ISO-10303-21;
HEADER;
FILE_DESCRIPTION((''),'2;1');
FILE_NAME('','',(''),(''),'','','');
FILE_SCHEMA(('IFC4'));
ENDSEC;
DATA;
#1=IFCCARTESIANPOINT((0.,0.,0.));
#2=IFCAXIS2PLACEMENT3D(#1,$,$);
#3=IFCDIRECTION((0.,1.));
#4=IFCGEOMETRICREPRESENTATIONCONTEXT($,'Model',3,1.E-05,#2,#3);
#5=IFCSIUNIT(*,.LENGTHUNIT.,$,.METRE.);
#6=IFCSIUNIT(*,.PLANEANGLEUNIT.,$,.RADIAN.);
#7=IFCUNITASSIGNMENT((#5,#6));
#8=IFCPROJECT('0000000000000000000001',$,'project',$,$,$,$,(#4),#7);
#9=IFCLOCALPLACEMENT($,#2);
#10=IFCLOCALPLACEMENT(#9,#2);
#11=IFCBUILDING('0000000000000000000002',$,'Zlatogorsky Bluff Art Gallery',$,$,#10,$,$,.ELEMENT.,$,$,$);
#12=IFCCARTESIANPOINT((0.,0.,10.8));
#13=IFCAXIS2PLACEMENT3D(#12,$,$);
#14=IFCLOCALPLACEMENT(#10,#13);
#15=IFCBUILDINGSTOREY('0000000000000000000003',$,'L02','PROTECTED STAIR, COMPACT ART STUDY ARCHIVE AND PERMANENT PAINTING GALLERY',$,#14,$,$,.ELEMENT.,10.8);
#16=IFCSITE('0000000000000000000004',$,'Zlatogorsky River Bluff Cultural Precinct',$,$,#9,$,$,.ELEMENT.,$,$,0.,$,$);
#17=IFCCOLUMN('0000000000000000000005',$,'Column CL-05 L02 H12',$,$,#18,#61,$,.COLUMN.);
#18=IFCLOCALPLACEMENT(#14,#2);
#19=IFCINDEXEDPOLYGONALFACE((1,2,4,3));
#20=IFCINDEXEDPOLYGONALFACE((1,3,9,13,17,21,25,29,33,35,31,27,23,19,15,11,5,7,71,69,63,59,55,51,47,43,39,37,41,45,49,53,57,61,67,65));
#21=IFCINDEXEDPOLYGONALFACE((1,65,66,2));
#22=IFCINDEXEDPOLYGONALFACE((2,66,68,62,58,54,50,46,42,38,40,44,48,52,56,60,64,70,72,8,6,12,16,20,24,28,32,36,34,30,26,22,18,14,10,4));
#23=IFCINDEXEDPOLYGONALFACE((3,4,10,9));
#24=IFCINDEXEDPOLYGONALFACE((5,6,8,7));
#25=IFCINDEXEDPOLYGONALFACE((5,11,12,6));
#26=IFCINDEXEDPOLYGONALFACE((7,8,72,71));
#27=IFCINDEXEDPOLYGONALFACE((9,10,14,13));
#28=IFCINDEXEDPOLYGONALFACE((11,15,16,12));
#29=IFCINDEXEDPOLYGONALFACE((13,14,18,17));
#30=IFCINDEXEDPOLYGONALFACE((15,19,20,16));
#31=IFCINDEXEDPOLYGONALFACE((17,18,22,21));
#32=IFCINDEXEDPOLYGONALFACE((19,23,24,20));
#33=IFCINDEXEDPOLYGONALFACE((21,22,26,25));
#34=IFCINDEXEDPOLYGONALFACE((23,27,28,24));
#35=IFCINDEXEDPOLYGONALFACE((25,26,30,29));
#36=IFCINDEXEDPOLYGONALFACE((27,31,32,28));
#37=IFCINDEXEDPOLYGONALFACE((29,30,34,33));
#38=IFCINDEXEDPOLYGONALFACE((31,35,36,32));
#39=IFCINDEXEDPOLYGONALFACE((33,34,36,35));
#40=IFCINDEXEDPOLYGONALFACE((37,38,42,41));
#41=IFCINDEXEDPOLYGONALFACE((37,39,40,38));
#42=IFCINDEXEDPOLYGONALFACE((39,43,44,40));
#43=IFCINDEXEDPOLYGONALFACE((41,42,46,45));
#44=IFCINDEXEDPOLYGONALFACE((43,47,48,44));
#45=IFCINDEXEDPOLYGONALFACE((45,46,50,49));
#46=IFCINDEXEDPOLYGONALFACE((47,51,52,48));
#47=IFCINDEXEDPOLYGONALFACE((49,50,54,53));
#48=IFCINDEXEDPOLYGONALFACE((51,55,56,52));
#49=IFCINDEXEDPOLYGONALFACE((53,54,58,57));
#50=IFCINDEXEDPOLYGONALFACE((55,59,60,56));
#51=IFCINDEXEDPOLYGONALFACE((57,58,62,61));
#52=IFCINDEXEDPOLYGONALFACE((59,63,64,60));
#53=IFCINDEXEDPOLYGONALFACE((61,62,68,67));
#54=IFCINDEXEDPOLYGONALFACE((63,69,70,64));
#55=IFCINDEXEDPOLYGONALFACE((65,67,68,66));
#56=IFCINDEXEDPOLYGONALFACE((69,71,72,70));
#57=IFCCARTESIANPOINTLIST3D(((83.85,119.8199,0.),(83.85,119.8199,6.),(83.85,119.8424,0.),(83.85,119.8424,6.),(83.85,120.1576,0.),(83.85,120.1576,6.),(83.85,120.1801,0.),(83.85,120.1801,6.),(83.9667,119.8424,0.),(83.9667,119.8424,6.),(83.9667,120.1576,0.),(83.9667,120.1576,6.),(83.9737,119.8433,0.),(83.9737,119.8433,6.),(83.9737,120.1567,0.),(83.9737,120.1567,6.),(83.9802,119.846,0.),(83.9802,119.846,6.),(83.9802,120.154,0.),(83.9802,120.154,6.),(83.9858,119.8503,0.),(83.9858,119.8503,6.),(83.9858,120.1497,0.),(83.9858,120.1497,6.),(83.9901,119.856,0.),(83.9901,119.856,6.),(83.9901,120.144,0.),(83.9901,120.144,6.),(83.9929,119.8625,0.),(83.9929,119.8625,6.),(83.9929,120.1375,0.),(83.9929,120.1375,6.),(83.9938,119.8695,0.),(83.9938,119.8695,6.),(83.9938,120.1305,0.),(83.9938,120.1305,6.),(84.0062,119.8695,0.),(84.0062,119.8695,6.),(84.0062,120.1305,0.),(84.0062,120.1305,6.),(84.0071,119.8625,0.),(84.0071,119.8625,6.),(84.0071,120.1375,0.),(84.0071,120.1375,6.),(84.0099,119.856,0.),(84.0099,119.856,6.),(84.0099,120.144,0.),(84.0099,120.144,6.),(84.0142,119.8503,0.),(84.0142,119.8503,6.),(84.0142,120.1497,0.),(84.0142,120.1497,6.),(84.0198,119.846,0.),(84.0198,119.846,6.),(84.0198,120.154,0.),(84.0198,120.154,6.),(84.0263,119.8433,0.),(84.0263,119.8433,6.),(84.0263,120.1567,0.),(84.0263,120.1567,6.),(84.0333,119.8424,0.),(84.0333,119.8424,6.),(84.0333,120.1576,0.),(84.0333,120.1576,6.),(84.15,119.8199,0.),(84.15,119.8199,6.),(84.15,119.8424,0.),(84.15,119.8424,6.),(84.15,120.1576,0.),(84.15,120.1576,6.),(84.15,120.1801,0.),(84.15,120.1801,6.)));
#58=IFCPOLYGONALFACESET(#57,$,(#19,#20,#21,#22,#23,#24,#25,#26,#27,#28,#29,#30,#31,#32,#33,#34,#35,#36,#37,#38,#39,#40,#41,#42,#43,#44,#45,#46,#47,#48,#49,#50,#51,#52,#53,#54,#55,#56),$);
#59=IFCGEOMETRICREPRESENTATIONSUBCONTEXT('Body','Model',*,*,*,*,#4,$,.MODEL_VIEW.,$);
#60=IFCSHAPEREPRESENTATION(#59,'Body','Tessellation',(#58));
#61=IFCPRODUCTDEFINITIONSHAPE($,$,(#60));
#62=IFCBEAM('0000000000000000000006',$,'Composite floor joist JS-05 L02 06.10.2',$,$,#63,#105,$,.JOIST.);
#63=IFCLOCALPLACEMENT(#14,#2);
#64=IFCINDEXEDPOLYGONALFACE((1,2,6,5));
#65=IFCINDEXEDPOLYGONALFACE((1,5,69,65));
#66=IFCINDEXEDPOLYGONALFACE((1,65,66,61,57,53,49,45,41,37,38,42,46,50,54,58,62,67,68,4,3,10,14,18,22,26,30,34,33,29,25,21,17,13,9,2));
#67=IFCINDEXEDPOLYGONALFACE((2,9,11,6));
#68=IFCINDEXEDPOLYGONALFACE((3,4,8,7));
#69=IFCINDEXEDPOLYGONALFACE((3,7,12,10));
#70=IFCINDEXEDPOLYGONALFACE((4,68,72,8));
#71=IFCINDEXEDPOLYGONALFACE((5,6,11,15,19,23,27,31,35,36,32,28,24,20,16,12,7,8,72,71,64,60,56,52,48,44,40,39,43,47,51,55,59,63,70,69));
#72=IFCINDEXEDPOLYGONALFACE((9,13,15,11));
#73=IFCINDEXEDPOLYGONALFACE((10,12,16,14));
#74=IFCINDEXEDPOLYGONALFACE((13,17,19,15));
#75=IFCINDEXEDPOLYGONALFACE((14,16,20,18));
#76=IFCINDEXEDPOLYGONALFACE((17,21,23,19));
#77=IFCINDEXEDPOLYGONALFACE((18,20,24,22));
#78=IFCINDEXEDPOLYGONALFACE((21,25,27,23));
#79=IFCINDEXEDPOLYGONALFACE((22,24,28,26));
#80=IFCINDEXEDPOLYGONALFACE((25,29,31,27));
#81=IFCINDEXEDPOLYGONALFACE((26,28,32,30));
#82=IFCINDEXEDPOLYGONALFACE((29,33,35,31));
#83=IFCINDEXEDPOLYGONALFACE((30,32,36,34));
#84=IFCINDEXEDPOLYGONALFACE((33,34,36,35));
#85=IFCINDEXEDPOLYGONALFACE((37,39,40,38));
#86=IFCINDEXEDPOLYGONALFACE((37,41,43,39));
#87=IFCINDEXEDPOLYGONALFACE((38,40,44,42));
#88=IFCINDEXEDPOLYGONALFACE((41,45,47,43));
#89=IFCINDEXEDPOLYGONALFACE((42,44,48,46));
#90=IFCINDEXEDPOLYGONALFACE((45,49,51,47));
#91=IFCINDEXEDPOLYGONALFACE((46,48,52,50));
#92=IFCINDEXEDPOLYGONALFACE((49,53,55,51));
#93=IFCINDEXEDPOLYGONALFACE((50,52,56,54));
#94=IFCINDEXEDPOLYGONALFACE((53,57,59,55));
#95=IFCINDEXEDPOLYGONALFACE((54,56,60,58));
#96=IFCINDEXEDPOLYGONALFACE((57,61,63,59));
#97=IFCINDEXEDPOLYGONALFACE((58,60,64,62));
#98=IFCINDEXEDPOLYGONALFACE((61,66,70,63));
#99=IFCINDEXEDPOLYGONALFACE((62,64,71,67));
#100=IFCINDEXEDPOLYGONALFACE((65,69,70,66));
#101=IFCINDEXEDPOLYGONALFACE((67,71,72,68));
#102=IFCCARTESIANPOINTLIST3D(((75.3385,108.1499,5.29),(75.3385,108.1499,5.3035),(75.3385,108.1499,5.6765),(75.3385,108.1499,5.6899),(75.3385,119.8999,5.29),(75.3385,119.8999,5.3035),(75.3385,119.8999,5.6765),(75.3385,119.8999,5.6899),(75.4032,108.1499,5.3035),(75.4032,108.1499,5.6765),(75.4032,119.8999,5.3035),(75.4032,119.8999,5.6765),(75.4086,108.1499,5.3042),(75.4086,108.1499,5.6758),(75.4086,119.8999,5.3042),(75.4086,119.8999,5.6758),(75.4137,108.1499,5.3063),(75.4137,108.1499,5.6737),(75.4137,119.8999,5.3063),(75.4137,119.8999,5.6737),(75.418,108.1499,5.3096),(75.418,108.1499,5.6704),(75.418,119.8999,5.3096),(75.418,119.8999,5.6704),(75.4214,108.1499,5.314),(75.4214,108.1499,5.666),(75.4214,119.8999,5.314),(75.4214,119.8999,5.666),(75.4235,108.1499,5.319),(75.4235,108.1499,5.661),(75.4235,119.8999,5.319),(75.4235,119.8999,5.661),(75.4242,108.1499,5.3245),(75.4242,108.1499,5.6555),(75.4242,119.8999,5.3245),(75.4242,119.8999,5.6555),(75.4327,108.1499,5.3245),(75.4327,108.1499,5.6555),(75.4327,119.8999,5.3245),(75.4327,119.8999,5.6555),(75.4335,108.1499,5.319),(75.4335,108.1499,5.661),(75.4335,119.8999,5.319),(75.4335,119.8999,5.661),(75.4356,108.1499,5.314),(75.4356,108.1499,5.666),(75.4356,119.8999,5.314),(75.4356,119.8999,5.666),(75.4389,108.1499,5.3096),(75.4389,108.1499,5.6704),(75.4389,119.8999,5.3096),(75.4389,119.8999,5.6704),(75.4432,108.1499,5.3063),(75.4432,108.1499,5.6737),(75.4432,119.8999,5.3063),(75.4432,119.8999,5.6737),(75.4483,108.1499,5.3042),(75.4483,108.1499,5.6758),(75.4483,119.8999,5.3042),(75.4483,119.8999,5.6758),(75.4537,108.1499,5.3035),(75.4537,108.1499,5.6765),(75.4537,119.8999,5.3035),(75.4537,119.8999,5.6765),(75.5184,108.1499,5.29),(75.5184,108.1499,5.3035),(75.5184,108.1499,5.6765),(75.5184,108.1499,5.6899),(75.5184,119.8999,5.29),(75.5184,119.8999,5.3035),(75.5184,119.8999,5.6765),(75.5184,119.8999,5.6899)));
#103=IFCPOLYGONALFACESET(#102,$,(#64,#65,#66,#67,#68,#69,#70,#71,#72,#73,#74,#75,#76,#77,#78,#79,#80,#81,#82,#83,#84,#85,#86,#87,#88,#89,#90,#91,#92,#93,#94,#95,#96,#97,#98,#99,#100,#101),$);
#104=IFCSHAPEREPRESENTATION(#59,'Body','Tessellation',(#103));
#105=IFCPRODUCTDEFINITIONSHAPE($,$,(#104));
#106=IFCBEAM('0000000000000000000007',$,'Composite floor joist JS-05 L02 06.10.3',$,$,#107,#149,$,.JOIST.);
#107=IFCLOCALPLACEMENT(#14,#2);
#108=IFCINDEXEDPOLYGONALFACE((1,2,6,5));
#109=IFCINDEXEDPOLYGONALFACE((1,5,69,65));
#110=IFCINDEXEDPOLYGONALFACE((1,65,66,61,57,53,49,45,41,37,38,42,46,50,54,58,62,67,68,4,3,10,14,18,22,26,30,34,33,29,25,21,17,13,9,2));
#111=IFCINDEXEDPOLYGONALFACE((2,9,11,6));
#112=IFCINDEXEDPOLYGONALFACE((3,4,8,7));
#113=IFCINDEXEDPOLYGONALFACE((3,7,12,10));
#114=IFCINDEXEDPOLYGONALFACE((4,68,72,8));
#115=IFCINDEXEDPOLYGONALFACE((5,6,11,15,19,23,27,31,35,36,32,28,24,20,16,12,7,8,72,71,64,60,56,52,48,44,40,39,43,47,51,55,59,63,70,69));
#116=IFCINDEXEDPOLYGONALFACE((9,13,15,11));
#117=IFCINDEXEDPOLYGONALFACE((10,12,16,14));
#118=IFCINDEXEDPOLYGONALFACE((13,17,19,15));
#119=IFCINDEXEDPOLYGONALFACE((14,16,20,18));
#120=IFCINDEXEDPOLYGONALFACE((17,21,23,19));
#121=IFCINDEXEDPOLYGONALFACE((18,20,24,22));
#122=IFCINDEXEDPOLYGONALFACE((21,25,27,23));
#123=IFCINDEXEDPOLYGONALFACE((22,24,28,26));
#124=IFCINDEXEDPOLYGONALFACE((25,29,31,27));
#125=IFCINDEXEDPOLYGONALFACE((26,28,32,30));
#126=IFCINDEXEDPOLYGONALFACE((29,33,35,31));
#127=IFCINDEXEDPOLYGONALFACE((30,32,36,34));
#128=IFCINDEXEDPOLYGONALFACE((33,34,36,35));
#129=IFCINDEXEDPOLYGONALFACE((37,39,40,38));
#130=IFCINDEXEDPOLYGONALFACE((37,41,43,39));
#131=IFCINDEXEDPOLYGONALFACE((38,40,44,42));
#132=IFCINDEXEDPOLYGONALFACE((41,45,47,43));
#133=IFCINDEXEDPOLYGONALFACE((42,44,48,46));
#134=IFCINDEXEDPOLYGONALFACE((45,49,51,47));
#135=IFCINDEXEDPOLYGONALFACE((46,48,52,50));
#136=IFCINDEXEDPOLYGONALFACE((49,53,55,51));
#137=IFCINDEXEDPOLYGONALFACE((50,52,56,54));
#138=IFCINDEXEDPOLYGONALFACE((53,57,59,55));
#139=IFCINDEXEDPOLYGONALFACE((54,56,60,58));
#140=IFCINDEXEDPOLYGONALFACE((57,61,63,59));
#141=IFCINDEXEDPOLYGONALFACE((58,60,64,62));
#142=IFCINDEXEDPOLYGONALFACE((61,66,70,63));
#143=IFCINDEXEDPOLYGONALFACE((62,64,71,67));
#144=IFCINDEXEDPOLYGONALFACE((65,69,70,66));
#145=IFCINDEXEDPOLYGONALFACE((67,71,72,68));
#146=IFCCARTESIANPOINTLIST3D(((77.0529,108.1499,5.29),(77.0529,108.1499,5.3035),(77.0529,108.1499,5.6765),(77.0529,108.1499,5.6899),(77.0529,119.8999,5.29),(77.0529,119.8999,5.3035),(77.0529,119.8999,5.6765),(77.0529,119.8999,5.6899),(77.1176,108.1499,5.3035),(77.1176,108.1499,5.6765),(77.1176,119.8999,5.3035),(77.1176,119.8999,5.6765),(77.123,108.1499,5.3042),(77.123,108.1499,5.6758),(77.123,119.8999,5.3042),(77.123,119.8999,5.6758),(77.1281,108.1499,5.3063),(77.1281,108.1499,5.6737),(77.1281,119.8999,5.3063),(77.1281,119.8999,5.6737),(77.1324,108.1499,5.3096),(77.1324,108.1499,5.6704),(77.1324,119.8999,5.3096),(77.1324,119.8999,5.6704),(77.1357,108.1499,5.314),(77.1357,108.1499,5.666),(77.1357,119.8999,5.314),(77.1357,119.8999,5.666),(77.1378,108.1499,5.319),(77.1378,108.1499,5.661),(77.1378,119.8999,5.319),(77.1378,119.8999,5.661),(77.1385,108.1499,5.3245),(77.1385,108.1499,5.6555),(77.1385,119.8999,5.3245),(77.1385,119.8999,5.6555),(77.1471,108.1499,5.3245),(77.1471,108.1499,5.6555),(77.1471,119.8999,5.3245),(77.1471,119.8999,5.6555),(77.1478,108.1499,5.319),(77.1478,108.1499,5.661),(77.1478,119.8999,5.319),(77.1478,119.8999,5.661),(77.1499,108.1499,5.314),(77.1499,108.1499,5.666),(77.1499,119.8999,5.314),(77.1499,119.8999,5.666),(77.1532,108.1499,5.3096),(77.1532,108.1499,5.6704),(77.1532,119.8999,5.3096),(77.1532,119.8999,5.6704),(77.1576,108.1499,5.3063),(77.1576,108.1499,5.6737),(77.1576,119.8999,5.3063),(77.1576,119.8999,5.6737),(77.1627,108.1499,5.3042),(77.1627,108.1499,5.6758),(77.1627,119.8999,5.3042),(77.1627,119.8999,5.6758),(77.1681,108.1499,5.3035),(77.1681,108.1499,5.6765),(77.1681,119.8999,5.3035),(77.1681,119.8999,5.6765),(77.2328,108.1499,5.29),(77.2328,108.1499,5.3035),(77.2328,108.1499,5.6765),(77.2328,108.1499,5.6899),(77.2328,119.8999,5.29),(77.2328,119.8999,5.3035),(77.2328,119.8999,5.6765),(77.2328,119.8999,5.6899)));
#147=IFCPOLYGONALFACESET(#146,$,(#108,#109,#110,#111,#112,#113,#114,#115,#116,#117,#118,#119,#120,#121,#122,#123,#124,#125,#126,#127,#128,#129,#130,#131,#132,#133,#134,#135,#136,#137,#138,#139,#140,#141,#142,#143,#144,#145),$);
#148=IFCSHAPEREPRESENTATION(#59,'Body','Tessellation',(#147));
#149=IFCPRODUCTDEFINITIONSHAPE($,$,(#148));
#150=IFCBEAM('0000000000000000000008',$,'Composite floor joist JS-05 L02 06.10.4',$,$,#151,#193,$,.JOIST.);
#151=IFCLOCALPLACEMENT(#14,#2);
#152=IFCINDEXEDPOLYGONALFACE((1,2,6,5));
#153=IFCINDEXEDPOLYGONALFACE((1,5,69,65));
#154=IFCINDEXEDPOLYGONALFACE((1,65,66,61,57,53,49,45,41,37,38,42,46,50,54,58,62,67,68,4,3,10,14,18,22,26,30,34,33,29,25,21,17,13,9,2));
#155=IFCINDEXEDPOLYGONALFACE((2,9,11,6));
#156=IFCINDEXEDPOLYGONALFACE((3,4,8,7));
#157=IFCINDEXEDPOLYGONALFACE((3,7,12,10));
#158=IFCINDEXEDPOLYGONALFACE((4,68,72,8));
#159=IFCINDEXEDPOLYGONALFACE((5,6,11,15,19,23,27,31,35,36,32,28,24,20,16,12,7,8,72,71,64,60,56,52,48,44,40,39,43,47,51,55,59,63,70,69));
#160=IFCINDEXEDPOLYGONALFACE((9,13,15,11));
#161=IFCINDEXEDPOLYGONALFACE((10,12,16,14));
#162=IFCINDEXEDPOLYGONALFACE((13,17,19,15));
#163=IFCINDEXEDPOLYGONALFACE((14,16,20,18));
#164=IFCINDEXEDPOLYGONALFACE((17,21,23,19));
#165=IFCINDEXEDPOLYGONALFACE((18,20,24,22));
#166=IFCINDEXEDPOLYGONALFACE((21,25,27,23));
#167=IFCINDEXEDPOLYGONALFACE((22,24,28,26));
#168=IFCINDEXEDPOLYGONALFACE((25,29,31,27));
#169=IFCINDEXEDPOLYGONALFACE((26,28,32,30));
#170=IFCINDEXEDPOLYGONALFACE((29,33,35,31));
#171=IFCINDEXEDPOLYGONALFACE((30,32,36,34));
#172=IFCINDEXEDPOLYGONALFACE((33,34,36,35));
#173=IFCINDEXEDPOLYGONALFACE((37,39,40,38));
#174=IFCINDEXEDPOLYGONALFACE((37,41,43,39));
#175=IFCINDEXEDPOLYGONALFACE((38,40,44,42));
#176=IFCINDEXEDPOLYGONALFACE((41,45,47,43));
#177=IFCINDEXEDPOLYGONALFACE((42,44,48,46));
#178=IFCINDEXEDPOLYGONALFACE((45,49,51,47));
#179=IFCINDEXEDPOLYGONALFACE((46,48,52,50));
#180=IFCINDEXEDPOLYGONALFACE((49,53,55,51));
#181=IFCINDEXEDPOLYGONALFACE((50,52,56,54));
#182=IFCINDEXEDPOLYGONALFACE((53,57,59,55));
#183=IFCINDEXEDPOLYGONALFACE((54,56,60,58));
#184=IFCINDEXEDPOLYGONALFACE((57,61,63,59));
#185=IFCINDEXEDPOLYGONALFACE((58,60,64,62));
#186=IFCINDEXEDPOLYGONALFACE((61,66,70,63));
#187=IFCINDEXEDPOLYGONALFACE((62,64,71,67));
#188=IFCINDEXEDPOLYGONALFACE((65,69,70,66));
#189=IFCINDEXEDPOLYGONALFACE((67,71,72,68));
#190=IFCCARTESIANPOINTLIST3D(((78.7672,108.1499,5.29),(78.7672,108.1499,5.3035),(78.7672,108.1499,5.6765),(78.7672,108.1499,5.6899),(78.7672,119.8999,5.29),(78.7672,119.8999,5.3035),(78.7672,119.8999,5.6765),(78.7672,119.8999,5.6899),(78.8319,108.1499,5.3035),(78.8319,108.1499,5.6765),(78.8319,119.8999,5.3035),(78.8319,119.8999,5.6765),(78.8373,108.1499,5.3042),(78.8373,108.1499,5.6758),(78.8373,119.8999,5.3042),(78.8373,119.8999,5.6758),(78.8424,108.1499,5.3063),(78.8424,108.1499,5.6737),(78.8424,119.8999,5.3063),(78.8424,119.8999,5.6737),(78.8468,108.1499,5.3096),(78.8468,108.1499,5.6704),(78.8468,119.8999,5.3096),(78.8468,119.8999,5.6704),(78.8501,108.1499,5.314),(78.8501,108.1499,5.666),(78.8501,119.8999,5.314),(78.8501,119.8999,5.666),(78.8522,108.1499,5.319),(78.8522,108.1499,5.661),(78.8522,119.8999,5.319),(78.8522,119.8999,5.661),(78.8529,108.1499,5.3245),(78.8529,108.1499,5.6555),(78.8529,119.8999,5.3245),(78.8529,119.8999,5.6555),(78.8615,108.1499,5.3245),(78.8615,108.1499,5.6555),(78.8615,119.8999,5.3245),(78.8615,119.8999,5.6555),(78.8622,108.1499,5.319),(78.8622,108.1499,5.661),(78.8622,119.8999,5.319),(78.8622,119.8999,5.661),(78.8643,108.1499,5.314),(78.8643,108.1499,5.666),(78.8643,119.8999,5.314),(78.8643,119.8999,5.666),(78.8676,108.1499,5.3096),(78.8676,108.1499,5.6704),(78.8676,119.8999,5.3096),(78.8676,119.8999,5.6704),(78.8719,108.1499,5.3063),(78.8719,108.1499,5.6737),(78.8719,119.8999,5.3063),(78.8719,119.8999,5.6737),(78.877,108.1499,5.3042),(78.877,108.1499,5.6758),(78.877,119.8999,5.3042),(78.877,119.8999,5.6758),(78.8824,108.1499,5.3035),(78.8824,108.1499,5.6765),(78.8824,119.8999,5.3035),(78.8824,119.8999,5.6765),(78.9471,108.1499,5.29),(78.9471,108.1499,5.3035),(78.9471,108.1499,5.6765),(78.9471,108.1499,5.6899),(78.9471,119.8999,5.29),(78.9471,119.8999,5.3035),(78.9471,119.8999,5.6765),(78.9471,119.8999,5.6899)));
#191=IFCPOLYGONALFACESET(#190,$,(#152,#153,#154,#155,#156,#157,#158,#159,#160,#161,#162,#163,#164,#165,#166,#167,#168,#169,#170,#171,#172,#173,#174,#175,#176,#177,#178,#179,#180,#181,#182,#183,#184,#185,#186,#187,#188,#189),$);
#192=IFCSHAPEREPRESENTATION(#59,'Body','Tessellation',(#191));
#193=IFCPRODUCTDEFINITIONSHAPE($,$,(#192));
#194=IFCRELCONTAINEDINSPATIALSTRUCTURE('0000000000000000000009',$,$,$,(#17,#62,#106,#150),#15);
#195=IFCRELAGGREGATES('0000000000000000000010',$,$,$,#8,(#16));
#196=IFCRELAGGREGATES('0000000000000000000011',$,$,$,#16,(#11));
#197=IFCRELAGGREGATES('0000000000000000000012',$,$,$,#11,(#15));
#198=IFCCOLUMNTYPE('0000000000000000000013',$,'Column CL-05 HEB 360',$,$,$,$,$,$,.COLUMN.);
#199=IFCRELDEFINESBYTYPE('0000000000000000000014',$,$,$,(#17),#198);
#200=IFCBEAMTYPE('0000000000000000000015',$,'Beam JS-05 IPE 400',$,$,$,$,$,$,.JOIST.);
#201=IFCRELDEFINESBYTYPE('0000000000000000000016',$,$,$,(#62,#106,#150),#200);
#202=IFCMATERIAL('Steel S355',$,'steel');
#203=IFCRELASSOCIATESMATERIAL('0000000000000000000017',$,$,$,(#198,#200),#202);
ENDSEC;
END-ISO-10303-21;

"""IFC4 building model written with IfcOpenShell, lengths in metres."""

from ifc_helpers import new_model, si_unit, direction, frame, origin, origin_2d, place, context, subcontext, project, spatial, i_section, extrude, material, material_profile, profile_set, type_object, element, save


model = new_model("IFC4")

# Units and contexts
model_context = context("Model", 3, precision=1e-05, world=origin(), true_north=direction((0.0, 1.0)))
body_context = subcontext(model_context, "Body", "Model", "MODEL_VIEW")
ifc_project = project(units=[si_unit("LENGTHUNIT", "METRE"), si_unit("PLANEANGLEUNIT", "RADIAN")], contexts=[model_context])

# Site, building, storey
site_placement = place(None, origin())
site = spatial("IfcSite", under=ifc_project, at=site_placement, Name="Zlatogorsky River Bluff Cultural Precinct", CompositionType="ELEMENT", RefElevation=0.0)
building_placement = place(site_placement, origin())
building = spatial("IfcBuilding", under=site, at=building_placement, Name="Zlatogorsky Bluff Art Gallery", CompositionType="ELEMENT")
storey_placement = place(building_placement, frame((0.0, 0.0, 10.8)))
storey = spatial("IfcBuildingStorey", under=building, at=storey_placement, Name="L02", Description="PROTECTED STAIR, COMPACT ART STUDY ARCHIVE AND PERMANENT PAINTING GALLERY", CompositionType="ELEMENT", Elevation=10.8)

# Column
ifc_material_1 = material(Name="Steel S355", Category="steel")
ifc_material_profile_1 = material_profile(ifc_material_1, i_section(OverallWidth=0.3, OverallDepth=0.3601, WebThickness=0.0125, FlangeThickness=0.0225, FilletRadius=0.0271, at=origin_2d()), Name="HEB 360")
ifc_profile_set_1 = profile_set([ifc_material_profile_1], Name="Steel S355")
column_type = type_object("IfcColumnType", Name="Column CL-05 HEB 360", PredefinedType="COLUMN", material=ifc_profile_set_1)
column_placement = place(storey_placement, frame((84.0, 120.0, 0.0), z_axis=(0.0, 0.0, 1.0), x_axis=(1.0, 0.0, 0.0)))
element("IfcColumn", 1, at=column_placement, inside=storey, type_object=column_type, Name="Column CL-05 L02 H12", PredefinedType="COLUMN", context=body_context, shape_type="SweptSolid", body=[
    extrude(i_section(OverallWidth=0.3, OverallDepth=0.3601, WebThickness=0.0125, FlangeThickness=0.0225, FilletRadius=0.0271, at=origin_2d()), origin(), (0.0, 0.0, 1.0), 6.0),
])

# Beams
ifc_material_profile_2 = material_profile(ifc_material_1, i_section(OverallWidth=0.1799, OverallDepth=0.3999, WebThickness=0.0085, FlangeThickness=0.0134, FilletRadius=0.021, at=origin_2d()), Name="IPE 400")
ifc_profile_set_2 = profile_set([ifc_material_profile_2], Name="Steel S355")
beam_type_1 = type_object("IfcBeamType", Name="Beam JS-05 IPE 400", PredefinedType="JOIST", material=ifc_profile_set_2)
for number, where, z_axis, x_axis, name in (
    (2, (75.4285, 108.1499, 5.49), (0.0, 1.0, 0.0), (-1.0, 0.0, 0.0), "Composite floor joist JS-05 L02 06.10.2"),
    (3, (77.1428, 108.1499, 5.49), (0.0, 1.0, 0.0), (-1.0, 0.0, 0.0), "Composite floor joist JS-05 L02 06.10.3"),
    (4, (78.8572, 108.1499, 5.49), (0.0, 1.0, 0.0), (-1.0, 0.0, 0.0), "Composite floor joist JS-05 L02 06.10.4"),
):
    element("IfcBeam", number, at=place(storey_placement, frame(where, z_axis=z_axis, x_axis=x_axis)), inside=storey, type_object=beam_type_1, Name=name, PredefinedType="JOIST", context=body_context, shape_type="SweptSolid", body=[
        extrude(i_section(OverallWidth=0.1799, OverallDepth=0.3999, WebThickness=0.0085, FlangeThickness=0.0134, FilletRadius=0.021, at=origin_2d()), origin(), (0.0, 0.0, 1.0), 11.75),
    ])

save(model, "model.ifc")
